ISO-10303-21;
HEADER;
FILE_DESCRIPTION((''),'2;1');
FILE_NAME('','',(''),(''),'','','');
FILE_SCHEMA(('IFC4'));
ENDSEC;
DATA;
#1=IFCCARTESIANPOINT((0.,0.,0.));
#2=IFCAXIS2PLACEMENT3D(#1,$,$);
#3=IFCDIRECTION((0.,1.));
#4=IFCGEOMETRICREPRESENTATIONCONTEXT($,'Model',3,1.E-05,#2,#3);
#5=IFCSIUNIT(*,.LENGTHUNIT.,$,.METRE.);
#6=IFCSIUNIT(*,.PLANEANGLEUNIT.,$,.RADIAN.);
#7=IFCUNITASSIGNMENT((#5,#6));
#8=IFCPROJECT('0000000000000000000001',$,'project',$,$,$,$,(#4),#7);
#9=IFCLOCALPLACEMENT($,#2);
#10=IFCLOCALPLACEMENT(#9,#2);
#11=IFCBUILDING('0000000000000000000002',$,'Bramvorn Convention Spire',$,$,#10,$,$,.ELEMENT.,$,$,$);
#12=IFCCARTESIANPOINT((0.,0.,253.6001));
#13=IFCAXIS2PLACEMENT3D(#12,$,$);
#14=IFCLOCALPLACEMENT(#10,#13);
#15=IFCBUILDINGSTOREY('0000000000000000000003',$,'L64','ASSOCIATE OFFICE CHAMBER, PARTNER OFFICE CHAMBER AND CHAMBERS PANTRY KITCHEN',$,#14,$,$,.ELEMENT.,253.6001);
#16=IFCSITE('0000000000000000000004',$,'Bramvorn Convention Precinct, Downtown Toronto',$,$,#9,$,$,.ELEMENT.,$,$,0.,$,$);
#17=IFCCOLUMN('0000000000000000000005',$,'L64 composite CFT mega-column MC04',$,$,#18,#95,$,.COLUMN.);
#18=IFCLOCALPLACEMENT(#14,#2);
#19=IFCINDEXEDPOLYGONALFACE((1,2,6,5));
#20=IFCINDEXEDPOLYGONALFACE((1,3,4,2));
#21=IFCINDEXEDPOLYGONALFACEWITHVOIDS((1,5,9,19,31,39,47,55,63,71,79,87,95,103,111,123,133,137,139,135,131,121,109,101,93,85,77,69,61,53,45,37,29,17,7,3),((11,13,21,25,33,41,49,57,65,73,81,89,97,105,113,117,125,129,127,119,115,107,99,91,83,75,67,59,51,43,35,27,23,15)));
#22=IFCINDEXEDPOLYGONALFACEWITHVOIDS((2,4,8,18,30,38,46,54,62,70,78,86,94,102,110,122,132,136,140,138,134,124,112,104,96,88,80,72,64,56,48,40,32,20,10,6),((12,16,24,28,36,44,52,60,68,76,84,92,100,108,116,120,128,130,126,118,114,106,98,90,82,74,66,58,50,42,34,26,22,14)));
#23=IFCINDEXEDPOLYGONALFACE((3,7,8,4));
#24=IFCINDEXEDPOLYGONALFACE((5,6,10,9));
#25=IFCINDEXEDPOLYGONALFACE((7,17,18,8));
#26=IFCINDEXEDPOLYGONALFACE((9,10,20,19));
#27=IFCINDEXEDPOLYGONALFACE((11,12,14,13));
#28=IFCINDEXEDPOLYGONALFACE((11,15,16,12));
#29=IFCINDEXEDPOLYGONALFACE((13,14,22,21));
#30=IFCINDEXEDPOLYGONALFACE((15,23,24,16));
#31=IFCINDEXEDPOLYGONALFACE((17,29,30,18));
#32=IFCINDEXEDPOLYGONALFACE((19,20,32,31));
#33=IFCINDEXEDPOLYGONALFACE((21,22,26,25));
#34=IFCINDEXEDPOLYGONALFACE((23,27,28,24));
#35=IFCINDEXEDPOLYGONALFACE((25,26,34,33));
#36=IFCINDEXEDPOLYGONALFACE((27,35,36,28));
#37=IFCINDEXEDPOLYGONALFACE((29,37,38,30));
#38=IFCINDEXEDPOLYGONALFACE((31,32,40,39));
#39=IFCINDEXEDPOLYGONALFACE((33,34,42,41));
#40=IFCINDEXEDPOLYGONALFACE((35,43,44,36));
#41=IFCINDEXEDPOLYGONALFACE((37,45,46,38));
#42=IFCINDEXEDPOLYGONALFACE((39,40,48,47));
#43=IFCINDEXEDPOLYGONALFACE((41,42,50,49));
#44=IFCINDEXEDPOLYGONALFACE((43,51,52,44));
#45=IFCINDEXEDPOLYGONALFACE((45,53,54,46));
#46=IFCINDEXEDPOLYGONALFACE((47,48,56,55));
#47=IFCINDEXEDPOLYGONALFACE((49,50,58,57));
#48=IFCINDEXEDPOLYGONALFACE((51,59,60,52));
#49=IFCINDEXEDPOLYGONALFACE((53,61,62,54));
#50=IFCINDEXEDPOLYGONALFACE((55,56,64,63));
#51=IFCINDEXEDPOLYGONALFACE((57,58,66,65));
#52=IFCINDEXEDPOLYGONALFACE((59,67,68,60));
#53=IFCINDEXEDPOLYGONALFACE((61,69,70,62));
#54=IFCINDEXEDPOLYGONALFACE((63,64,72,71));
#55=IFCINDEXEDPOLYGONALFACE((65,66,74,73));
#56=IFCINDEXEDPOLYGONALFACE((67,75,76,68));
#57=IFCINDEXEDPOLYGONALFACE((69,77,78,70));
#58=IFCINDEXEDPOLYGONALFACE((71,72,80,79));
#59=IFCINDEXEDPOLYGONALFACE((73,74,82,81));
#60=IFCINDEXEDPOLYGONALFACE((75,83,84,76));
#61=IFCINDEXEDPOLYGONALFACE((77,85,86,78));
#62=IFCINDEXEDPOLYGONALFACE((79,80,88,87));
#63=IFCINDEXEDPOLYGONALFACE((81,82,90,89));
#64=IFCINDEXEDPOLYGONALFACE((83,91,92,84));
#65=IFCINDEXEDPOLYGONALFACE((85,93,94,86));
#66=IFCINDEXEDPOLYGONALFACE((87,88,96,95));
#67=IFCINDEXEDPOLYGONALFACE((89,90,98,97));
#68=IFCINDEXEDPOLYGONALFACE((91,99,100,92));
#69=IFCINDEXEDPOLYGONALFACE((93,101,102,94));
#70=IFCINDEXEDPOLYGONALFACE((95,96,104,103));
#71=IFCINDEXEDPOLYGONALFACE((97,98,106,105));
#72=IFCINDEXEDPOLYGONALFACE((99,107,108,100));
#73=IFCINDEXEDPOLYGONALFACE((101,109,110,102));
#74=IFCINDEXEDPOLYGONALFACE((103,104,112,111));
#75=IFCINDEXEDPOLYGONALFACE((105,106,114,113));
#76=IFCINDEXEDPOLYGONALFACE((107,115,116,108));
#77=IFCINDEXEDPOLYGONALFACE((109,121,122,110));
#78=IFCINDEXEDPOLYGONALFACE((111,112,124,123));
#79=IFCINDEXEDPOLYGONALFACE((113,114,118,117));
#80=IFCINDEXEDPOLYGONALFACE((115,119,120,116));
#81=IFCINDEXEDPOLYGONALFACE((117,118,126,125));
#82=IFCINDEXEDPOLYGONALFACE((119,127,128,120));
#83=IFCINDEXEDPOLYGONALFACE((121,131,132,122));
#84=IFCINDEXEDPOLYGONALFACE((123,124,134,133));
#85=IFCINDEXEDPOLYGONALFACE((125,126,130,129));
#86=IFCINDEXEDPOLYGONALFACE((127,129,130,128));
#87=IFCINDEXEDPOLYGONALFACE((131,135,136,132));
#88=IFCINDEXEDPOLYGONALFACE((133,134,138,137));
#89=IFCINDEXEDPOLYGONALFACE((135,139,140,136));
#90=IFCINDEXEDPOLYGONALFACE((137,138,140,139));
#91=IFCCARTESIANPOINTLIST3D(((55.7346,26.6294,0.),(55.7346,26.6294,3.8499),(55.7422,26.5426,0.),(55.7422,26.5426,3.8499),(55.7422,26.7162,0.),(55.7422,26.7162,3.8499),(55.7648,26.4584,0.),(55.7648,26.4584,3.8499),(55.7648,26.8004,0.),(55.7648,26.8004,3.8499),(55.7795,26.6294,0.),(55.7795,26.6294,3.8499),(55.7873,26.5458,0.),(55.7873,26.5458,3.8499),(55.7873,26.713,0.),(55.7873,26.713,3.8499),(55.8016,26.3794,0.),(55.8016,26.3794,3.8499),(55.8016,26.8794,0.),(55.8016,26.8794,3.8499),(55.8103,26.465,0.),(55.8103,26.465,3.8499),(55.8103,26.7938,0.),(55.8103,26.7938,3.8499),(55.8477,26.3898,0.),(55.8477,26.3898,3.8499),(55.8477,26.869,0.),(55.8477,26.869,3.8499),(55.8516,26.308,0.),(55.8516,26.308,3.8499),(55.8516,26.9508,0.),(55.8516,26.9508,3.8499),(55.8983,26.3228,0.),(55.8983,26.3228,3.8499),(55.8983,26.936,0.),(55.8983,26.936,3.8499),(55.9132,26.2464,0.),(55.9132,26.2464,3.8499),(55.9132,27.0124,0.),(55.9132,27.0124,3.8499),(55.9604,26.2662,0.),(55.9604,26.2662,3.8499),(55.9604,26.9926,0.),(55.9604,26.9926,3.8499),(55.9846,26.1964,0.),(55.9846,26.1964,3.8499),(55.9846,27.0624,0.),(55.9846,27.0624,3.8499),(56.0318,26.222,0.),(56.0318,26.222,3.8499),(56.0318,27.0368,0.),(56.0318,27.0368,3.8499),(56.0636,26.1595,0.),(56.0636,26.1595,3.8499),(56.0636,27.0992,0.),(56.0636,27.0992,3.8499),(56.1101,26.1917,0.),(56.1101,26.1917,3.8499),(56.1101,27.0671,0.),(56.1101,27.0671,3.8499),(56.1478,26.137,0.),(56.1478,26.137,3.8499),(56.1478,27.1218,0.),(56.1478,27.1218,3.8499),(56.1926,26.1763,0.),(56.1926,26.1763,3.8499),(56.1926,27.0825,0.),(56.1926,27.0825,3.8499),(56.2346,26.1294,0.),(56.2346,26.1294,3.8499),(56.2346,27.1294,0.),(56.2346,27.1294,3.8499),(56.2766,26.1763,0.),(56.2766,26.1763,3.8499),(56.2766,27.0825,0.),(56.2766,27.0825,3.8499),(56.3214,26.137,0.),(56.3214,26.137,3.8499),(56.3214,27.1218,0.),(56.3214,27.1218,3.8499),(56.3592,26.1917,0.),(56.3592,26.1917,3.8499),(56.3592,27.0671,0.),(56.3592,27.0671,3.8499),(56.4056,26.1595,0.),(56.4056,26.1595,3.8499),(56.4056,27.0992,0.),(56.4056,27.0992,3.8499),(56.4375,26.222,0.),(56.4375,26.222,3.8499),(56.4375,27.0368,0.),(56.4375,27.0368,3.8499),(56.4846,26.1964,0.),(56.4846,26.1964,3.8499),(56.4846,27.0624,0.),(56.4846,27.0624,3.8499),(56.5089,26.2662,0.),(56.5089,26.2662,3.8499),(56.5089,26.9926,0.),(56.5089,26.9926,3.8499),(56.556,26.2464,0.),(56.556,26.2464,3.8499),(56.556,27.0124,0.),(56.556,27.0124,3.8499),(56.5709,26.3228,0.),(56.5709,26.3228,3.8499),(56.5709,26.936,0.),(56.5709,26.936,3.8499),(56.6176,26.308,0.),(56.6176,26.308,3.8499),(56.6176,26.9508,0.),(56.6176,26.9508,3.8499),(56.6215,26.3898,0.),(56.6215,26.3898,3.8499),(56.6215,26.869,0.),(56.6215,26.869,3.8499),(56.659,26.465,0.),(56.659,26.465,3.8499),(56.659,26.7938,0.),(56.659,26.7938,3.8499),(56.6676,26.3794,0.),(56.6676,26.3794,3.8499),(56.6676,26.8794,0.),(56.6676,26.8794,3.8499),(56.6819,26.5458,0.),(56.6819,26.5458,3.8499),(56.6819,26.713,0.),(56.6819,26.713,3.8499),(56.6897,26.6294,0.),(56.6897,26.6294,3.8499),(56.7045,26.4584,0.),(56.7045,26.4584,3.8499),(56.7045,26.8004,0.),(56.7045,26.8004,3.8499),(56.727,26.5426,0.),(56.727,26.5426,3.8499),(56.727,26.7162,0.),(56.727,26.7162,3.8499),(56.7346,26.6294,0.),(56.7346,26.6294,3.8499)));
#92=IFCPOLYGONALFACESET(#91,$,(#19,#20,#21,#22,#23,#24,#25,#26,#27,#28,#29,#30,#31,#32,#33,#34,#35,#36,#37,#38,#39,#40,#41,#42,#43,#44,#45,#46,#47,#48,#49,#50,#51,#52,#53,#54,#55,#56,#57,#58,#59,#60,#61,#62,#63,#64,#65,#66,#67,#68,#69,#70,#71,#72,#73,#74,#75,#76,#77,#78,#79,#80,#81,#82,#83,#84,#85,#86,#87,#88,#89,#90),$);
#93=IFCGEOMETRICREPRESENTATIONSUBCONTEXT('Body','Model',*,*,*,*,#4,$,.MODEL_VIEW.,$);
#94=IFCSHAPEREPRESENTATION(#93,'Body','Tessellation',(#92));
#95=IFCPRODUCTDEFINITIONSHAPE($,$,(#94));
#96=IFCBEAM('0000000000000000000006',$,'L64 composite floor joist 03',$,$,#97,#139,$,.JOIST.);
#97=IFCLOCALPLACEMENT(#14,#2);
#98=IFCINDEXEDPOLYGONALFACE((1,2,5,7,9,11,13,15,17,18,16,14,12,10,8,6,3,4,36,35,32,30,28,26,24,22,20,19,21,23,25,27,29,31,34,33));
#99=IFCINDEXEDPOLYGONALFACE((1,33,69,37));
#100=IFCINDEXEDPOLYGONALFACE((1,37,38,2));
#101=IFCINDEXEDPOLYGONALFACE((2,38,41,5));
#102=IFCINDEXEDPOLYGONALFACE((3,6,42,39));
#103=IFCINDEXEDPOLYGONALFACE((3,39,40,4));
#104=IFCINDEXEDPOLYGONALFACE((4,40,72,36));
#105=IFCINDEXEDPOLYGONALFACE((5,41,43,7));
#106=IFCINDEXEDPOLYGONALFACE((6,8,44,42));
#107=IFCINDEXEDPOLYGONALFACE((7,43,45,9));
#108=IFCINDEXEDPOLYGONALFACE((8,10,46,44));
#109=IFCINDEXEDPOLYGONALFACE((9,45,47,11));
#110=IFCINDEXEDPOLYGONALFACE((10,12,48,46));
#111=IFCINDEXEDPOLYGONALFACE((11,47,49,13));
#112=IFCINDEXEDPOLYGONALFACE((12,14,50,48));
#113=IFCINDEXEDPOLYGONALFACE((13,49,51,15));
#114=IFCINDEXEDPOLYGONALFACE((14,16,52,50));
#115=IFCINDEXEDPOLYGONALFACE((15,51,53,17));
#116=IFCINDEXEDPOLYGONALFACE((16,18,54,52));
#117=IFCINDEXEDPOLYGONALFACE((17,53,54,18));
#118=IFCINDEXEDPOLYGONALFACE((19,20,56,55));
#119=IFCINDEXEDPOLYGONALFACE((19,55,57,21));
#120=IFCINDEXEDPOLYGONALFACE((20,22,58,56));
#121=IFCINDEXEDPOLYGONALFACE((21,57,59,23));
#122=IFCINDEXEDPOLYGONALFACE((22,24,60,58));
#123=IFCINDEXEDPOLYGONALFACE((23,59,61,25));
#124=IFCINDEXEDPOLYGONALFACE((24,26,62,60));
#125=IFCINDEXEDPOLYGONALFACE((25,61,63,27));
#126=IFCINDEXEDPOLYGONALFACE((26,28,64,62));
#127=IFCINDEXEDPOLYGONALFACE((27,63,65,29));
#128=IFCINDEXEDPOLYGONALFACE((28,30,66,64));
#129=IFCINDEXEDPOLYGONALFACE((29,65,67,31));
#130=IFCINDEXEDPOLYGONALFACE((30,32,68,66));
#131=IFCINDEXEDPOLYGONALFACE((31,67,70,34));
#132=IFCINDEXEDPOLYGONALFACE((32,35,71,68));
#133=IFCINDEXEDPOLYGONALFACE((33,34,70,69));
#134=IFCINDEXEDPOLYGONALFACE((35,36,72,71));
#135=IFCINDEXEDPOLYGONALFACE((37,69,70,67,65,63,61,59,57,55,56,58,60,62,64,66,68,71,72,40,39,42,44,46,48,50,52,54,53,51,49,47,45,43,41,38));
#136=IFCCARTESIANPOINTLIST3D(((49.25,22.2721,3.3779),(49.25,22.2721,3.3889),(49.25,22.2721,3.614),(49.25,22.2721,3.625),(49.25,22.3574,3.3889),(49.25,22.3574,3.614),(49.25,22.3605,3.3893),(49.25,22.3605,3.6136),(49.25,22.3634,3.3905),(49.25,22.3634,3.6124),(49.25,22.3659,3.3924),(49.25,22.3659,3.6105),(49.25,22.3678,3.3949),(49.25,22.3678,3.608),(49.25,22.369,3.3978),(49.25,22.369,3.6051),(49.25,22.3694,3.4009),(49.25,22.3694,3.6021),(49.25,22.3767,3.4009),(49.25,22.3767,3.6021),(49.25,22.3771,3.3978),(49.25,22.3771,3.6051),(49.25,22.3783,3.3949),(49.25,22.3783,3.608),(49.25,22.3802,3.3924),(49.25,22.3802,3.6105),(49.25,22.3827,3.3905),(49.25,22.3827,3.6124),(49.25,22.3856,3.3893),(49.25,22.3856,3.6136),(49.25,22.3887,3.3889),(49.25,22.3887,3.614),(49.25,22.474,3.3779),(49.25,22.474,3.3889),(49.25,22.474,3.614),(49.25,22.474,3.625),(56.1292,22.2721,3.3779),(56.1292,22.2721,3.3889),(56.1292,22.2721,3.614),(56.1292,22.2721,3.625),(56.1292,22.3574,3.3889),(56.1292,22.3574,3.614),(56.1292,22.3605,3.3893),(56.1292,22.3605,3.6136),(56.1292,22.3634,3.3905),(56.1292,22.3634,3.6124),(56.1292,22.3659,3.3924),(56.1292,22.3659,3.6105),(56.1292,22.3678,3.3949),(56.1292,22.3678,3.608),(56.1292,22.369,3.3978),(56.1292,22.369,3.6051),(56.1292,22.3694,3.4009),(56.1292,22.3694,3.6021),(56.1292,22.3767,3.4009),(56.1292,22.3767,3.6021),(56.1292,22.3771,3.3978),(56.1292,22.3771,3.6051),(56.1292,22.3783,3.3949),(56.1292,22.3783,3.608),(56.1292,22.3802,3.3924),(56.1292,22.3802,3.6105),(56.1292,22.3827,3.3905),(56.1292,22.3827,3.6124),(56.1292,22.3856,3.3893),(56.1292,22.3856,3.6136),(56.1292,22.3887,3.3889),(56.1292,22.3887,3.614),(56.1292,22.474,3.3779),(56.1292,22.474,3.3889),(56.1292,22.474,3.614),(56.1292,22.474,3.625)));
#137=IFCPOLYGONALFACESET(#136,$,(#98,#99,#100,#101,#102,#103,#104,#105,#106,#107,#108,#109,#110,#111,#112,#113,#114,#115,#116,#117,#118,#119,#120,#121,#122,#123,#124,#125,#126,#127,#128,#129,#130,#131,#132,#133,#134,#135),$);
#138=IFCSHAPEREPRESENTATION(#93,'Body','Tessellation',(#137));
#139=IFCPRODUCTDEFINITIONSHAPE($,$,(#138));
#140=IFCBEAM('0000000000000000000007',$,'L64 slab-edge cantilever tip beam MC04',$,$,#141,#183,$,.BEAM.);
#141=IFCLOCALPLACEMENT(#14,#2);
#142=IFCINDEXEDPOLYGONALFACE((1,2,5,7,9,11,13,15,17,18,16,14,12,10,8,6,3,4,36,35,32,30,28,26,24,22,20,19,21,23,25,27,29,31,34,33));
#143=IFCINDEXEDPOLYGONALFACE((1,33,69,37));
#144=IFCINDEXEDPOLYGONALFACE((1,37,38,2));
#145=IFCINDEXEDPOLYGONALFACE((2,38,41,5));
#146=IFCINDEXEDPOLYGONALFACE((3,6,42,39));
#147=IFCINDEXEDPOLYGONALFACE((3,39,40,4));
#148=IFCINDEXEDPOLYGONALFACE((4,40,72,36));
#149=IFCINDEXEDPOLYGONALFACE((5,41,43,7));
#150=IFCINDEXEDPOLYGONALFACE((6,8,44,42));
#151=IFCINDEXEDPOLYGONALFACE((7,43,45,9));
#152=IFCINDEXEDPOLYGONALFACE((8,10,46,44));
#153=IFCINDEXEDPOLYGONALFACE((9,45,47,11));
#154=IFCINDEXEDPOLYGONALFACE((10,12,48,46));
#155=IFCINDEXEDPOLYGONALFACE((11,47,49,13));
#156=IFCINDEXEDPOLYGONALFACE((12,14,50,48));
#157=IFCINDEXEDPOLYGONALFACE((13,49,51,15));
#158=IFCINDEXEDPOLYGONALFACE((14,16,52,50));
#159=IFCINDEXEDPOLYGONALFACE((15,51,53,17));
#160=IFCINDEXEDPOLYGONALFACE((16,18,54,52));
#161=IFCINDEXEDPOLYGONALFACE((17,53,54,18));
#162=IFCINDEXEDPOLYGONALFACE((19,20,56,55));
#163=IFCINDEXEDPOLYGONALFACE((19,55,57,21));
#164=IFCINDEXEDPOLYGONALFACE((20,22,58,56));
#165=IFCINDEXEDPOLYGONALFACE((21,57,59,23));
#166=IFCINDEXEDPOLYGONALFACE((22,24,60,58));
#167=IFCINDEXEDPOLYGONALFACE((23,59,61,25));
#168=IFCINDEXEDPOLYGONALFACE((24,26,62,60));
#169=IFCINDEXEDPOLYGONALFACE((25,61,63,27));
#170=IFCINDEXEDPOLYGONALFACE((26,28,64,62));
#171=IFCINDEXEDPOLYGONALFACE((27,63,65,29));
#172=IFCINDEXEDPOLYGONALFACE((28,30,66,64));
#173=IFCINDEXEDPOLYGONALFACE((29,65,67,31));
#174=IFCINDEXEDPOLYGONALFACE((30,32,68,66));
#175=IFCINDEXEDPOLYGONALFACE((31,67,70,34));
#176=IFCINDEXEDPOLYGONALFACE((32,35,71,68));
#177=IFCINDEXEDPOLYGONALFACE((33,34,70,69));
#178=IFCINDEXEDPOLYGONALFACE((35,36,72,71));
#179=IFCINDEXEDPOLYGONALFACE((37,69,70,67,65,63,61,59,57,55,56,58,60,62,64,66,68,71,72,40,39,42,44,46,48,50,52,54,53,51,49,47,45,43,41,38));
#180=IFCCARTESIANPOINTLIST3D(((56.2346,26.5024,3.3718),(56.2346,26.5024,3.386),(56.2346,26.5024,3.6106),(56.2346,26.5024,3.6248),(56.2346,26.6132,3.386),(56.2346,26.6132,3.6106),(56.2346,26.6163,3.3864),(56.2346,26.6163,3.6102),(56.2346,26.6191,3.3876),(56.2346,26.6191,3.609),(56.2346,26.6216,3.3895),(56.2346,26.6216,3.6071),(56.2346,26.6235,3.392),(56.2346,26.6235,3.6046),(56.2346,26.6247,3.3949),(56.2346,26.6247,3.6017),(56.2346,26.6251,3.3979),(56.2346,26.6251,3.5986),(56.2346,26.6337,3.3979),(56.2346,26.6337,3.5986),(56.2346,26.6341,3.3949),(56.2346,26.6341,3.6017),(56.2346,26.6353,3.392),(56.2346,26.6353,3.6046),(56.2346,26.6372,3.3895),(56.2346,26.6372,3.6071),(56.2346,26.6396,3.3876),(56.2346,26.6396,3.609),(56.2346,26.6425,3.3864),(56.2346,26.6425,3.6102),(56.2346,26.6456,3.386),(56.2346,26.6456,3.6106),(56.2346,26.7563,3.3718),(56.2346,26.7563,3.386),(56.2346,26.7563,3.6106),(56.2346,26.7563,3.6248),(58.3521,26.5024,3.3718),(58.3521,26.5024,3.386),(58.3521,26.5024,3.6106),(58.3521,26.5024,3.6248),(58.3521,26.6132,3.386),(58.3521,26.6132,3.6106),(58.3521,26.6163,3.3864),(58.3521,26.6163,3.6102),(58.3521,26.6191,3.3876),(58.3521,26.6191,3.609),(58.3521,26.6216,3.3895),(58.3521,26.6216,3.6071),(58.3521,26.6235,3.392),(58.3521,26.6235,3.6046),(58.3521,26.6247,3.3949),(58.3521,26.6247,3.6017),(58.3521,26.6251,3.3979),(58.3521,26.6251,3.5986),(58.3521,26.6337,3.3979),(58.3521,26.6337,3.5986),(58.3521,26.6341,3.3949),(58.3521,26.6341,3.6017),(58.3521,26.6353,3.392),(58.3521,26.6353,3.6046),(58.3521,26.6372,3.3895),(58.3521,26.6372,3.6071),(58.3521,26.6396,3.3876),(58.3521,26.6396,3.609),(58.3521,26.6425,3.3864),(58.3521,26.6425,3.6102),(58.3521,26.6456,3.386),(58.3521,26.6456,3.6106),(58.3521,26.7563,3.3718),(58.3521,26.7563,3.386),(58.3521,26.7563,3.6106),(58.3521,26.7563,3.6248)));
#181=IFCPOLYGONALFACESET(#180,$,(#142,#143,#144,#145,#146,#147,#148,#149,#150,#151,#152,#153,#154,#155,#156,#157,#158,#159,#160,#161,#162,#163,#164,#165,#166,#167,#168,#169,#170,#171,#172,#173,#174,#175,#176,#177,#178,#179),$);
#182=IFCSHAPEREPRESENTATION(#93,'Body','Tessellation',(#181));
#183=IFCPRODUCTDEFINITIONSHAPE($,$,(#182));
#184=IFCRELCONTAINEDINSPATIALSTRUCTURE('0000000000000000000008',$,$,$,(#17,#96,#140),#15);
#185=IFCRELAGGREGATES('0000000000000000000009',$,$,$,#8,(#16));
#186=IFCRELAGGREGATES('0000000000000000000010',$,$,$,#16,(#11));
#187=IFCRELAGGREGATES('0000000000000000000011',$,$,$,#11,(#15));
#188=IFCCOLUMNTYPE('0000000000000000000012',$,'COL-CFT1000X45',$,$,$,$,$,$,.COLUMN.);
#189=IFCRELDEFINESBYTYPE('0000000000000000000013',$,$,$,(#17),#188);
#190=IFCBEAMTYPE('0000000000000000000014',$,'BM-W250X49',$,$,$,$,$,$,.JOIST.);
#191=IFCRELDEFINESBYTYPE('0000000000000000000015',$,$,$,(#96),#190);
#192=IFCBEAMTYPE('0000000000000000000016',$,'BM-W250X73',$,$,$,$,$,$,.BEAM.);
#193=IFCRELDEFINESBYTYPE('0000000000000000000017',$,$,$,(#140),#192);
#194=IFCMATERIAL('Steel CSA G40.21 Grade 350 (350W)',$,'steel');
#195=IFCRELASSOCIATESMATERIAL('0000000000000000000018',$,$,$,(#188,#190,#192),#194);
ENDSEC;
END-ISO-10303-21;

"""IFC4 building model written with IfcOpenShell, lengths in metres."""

from ifc_helpers import new_model, si_unit, direction, frame, origin, origin_2d, place, context, subcontext, project, spatial, hollow_circle, i_section, extrude, material, material_profile, profile_set, type_object, element, save


model = new_model("IFC4")

# Units and contexts
model_context = context("Model", 3, precision=1e-05, world=origin(), true_north=direction((0.0, 1.0)))
body_context = subcontext(model_context, "Body", "Model", "MODEL_VIEW")
ifc_project = project(units=[si_unit("LENGTHUNIT", "METRE"), si_unit("PLANEANGLEUNIT", "RADIAN")], contexts=[model_context])

# Site, building, storey
site_placement = place(None, origin())
site = spatial("IfcSite", under=ifc_project, at=site_placement, Name="Bramvorn Convention Precinct, Downtown Toronto", CompositionType="ELEMENT", RefElevation=0.0)
building_placement = place(site_placement, origin())
building = spatial("IfcBuilding", under=site, at=building_placement, Name="Bramvorn Convention Spire", CompositionType="ELEMENT")
storey_placement = place(building_placement, frame((0.0, 0.0, 253.6001)))
storey = spatial("IfcBuildingStorey", under=building, at=storey_placement, Name="L64", Description="ASSOCIATE OFFICE CHAMBER, PARTNER OFFICE CHAMBER AND CHAMBERS PANTRY KITCHEN", CompositionType="ELEMENT", Elevation=253.6001)

# Column
ifc_material_1 = material(Name="Steel CSA G40.21 Grade 350 (350W)", Category="steel")
ifc_material_profile_1 = material_profile(ifc_material_1, hollow_circle(Radius=0.5, WallThickness=0.0449, at=origin_2d()))
ifc_profile_set_1 = profile_set([ifc_material_profile_1], Name="Steel CSA G40.21 Grade 350 (350W) - CFT1000X45")
column_type = type_object("IfcColumnType", Name="COL-CFT1000X45", PredefinedType="COLUMN", material=ifc_profile_set_1)
column_placement = place(storey_placement, frame((56.2346, 26.6294, 0.0), z_axis=(0.0, 0.0, 1.0), x_axis=(1.0, 0.0, 0.0)))
element("IfcColumn", 1, at=column_placement, inside=storey, type_object=column_type, Name="L64 composite CFT mega-column MC04", PredefinedType="COLUMN", context=body_context, shape_type="SweptSolid", body=[
    extrude(hollow_circle(Radius=0.5, WallThickness=0.0449, at=origin_2d()), origin(), (0.0, 0.0, 1.0), 3.8499),
])

# Beams
ifc_material_profile_2 = material_profile(ifc_material_1, i_section(OverallWidth=0.2019, OverallDepth=0.2471, WebThickness=0.0073, FlangeThickness=0.011, FilletRadius=0.012, at=origin_2d()))
ifc_profile_set_2 = profile_set([ifc_material_profile_2], Name="Steel CSA G40.21 Grade 350 (350W) - W250X49")
beam_type_1 = type_object("IfcBeamType", Name="BM-W250X49", PredefinedType="JOIST", material=ifc_profile_set_2)
beam_1_placement = place(storey_placement, frame((49.25, 22.373, 3.5015), z_axis=(1.0, 0.0, 0.0), x_axis=(0.0, 1.0, 0.0)))
element("IfcBeam", 2, at=beam_1_placement, inside=storey, type_object=beam_type_1, Name="L64 composite floor joist 03", PredefinedType="JOIST", context=body_context, shape_type="SweptSolid", body=[
    extrude(i_section(OverallWidth=0.2019, OverallDepth=0.2471, WebThickness=0.0073, FlangeThickness=0.011, FilletRadius=0.012, at=origin_2d()), origin(), (0.0, 0.0, 1.0), 6.8792),
])
ifc_material_profile_3 = material_profile(ifc_material_1, i_section(OverallWidth=0.2539, OverallDepth=0.2529, WebThickness=0.0085, FlangeThickness=0.0142, FilletRadius=0.012, at=origin_2d()))
ifc_profile_set_3 = profile_set([ifc_material_profile_3], Name="Steel CSA G40.21 Grade 350 (350W) - W250X73")
beam_type_2 = type_object("IfcBeamType", Name="BM-W250X73", PredefinedType="BEAM", material=ifc_profile_set_3)
beam_2_placement = place(storey_placement, frame((56.2346, 26.6294, 3.4983), z_axis=(1.0, 0.0, 0.0), x_axis=(0.0, 1.0, 0.0)))
element("IfcBeam", 3, at=beam_2_placement, inside=storey, type_object=beam_type_2, Name="L64 slab-edge cantilever tip beam MC04", PredefinedType="BEAM", context=body_context, shape_type="SweptSolid", body=[
    extrude(i_section(OverallWidth=0.2539, OverallDepth=0.2529, WebThickness=0.0085, FlangeThickness=0.0142, FilletRadius=0.012, at=origin_2d()), origin(), (0.0, 0.0, 1.0), 2.1174),
])

save(model, "model.ifc")
